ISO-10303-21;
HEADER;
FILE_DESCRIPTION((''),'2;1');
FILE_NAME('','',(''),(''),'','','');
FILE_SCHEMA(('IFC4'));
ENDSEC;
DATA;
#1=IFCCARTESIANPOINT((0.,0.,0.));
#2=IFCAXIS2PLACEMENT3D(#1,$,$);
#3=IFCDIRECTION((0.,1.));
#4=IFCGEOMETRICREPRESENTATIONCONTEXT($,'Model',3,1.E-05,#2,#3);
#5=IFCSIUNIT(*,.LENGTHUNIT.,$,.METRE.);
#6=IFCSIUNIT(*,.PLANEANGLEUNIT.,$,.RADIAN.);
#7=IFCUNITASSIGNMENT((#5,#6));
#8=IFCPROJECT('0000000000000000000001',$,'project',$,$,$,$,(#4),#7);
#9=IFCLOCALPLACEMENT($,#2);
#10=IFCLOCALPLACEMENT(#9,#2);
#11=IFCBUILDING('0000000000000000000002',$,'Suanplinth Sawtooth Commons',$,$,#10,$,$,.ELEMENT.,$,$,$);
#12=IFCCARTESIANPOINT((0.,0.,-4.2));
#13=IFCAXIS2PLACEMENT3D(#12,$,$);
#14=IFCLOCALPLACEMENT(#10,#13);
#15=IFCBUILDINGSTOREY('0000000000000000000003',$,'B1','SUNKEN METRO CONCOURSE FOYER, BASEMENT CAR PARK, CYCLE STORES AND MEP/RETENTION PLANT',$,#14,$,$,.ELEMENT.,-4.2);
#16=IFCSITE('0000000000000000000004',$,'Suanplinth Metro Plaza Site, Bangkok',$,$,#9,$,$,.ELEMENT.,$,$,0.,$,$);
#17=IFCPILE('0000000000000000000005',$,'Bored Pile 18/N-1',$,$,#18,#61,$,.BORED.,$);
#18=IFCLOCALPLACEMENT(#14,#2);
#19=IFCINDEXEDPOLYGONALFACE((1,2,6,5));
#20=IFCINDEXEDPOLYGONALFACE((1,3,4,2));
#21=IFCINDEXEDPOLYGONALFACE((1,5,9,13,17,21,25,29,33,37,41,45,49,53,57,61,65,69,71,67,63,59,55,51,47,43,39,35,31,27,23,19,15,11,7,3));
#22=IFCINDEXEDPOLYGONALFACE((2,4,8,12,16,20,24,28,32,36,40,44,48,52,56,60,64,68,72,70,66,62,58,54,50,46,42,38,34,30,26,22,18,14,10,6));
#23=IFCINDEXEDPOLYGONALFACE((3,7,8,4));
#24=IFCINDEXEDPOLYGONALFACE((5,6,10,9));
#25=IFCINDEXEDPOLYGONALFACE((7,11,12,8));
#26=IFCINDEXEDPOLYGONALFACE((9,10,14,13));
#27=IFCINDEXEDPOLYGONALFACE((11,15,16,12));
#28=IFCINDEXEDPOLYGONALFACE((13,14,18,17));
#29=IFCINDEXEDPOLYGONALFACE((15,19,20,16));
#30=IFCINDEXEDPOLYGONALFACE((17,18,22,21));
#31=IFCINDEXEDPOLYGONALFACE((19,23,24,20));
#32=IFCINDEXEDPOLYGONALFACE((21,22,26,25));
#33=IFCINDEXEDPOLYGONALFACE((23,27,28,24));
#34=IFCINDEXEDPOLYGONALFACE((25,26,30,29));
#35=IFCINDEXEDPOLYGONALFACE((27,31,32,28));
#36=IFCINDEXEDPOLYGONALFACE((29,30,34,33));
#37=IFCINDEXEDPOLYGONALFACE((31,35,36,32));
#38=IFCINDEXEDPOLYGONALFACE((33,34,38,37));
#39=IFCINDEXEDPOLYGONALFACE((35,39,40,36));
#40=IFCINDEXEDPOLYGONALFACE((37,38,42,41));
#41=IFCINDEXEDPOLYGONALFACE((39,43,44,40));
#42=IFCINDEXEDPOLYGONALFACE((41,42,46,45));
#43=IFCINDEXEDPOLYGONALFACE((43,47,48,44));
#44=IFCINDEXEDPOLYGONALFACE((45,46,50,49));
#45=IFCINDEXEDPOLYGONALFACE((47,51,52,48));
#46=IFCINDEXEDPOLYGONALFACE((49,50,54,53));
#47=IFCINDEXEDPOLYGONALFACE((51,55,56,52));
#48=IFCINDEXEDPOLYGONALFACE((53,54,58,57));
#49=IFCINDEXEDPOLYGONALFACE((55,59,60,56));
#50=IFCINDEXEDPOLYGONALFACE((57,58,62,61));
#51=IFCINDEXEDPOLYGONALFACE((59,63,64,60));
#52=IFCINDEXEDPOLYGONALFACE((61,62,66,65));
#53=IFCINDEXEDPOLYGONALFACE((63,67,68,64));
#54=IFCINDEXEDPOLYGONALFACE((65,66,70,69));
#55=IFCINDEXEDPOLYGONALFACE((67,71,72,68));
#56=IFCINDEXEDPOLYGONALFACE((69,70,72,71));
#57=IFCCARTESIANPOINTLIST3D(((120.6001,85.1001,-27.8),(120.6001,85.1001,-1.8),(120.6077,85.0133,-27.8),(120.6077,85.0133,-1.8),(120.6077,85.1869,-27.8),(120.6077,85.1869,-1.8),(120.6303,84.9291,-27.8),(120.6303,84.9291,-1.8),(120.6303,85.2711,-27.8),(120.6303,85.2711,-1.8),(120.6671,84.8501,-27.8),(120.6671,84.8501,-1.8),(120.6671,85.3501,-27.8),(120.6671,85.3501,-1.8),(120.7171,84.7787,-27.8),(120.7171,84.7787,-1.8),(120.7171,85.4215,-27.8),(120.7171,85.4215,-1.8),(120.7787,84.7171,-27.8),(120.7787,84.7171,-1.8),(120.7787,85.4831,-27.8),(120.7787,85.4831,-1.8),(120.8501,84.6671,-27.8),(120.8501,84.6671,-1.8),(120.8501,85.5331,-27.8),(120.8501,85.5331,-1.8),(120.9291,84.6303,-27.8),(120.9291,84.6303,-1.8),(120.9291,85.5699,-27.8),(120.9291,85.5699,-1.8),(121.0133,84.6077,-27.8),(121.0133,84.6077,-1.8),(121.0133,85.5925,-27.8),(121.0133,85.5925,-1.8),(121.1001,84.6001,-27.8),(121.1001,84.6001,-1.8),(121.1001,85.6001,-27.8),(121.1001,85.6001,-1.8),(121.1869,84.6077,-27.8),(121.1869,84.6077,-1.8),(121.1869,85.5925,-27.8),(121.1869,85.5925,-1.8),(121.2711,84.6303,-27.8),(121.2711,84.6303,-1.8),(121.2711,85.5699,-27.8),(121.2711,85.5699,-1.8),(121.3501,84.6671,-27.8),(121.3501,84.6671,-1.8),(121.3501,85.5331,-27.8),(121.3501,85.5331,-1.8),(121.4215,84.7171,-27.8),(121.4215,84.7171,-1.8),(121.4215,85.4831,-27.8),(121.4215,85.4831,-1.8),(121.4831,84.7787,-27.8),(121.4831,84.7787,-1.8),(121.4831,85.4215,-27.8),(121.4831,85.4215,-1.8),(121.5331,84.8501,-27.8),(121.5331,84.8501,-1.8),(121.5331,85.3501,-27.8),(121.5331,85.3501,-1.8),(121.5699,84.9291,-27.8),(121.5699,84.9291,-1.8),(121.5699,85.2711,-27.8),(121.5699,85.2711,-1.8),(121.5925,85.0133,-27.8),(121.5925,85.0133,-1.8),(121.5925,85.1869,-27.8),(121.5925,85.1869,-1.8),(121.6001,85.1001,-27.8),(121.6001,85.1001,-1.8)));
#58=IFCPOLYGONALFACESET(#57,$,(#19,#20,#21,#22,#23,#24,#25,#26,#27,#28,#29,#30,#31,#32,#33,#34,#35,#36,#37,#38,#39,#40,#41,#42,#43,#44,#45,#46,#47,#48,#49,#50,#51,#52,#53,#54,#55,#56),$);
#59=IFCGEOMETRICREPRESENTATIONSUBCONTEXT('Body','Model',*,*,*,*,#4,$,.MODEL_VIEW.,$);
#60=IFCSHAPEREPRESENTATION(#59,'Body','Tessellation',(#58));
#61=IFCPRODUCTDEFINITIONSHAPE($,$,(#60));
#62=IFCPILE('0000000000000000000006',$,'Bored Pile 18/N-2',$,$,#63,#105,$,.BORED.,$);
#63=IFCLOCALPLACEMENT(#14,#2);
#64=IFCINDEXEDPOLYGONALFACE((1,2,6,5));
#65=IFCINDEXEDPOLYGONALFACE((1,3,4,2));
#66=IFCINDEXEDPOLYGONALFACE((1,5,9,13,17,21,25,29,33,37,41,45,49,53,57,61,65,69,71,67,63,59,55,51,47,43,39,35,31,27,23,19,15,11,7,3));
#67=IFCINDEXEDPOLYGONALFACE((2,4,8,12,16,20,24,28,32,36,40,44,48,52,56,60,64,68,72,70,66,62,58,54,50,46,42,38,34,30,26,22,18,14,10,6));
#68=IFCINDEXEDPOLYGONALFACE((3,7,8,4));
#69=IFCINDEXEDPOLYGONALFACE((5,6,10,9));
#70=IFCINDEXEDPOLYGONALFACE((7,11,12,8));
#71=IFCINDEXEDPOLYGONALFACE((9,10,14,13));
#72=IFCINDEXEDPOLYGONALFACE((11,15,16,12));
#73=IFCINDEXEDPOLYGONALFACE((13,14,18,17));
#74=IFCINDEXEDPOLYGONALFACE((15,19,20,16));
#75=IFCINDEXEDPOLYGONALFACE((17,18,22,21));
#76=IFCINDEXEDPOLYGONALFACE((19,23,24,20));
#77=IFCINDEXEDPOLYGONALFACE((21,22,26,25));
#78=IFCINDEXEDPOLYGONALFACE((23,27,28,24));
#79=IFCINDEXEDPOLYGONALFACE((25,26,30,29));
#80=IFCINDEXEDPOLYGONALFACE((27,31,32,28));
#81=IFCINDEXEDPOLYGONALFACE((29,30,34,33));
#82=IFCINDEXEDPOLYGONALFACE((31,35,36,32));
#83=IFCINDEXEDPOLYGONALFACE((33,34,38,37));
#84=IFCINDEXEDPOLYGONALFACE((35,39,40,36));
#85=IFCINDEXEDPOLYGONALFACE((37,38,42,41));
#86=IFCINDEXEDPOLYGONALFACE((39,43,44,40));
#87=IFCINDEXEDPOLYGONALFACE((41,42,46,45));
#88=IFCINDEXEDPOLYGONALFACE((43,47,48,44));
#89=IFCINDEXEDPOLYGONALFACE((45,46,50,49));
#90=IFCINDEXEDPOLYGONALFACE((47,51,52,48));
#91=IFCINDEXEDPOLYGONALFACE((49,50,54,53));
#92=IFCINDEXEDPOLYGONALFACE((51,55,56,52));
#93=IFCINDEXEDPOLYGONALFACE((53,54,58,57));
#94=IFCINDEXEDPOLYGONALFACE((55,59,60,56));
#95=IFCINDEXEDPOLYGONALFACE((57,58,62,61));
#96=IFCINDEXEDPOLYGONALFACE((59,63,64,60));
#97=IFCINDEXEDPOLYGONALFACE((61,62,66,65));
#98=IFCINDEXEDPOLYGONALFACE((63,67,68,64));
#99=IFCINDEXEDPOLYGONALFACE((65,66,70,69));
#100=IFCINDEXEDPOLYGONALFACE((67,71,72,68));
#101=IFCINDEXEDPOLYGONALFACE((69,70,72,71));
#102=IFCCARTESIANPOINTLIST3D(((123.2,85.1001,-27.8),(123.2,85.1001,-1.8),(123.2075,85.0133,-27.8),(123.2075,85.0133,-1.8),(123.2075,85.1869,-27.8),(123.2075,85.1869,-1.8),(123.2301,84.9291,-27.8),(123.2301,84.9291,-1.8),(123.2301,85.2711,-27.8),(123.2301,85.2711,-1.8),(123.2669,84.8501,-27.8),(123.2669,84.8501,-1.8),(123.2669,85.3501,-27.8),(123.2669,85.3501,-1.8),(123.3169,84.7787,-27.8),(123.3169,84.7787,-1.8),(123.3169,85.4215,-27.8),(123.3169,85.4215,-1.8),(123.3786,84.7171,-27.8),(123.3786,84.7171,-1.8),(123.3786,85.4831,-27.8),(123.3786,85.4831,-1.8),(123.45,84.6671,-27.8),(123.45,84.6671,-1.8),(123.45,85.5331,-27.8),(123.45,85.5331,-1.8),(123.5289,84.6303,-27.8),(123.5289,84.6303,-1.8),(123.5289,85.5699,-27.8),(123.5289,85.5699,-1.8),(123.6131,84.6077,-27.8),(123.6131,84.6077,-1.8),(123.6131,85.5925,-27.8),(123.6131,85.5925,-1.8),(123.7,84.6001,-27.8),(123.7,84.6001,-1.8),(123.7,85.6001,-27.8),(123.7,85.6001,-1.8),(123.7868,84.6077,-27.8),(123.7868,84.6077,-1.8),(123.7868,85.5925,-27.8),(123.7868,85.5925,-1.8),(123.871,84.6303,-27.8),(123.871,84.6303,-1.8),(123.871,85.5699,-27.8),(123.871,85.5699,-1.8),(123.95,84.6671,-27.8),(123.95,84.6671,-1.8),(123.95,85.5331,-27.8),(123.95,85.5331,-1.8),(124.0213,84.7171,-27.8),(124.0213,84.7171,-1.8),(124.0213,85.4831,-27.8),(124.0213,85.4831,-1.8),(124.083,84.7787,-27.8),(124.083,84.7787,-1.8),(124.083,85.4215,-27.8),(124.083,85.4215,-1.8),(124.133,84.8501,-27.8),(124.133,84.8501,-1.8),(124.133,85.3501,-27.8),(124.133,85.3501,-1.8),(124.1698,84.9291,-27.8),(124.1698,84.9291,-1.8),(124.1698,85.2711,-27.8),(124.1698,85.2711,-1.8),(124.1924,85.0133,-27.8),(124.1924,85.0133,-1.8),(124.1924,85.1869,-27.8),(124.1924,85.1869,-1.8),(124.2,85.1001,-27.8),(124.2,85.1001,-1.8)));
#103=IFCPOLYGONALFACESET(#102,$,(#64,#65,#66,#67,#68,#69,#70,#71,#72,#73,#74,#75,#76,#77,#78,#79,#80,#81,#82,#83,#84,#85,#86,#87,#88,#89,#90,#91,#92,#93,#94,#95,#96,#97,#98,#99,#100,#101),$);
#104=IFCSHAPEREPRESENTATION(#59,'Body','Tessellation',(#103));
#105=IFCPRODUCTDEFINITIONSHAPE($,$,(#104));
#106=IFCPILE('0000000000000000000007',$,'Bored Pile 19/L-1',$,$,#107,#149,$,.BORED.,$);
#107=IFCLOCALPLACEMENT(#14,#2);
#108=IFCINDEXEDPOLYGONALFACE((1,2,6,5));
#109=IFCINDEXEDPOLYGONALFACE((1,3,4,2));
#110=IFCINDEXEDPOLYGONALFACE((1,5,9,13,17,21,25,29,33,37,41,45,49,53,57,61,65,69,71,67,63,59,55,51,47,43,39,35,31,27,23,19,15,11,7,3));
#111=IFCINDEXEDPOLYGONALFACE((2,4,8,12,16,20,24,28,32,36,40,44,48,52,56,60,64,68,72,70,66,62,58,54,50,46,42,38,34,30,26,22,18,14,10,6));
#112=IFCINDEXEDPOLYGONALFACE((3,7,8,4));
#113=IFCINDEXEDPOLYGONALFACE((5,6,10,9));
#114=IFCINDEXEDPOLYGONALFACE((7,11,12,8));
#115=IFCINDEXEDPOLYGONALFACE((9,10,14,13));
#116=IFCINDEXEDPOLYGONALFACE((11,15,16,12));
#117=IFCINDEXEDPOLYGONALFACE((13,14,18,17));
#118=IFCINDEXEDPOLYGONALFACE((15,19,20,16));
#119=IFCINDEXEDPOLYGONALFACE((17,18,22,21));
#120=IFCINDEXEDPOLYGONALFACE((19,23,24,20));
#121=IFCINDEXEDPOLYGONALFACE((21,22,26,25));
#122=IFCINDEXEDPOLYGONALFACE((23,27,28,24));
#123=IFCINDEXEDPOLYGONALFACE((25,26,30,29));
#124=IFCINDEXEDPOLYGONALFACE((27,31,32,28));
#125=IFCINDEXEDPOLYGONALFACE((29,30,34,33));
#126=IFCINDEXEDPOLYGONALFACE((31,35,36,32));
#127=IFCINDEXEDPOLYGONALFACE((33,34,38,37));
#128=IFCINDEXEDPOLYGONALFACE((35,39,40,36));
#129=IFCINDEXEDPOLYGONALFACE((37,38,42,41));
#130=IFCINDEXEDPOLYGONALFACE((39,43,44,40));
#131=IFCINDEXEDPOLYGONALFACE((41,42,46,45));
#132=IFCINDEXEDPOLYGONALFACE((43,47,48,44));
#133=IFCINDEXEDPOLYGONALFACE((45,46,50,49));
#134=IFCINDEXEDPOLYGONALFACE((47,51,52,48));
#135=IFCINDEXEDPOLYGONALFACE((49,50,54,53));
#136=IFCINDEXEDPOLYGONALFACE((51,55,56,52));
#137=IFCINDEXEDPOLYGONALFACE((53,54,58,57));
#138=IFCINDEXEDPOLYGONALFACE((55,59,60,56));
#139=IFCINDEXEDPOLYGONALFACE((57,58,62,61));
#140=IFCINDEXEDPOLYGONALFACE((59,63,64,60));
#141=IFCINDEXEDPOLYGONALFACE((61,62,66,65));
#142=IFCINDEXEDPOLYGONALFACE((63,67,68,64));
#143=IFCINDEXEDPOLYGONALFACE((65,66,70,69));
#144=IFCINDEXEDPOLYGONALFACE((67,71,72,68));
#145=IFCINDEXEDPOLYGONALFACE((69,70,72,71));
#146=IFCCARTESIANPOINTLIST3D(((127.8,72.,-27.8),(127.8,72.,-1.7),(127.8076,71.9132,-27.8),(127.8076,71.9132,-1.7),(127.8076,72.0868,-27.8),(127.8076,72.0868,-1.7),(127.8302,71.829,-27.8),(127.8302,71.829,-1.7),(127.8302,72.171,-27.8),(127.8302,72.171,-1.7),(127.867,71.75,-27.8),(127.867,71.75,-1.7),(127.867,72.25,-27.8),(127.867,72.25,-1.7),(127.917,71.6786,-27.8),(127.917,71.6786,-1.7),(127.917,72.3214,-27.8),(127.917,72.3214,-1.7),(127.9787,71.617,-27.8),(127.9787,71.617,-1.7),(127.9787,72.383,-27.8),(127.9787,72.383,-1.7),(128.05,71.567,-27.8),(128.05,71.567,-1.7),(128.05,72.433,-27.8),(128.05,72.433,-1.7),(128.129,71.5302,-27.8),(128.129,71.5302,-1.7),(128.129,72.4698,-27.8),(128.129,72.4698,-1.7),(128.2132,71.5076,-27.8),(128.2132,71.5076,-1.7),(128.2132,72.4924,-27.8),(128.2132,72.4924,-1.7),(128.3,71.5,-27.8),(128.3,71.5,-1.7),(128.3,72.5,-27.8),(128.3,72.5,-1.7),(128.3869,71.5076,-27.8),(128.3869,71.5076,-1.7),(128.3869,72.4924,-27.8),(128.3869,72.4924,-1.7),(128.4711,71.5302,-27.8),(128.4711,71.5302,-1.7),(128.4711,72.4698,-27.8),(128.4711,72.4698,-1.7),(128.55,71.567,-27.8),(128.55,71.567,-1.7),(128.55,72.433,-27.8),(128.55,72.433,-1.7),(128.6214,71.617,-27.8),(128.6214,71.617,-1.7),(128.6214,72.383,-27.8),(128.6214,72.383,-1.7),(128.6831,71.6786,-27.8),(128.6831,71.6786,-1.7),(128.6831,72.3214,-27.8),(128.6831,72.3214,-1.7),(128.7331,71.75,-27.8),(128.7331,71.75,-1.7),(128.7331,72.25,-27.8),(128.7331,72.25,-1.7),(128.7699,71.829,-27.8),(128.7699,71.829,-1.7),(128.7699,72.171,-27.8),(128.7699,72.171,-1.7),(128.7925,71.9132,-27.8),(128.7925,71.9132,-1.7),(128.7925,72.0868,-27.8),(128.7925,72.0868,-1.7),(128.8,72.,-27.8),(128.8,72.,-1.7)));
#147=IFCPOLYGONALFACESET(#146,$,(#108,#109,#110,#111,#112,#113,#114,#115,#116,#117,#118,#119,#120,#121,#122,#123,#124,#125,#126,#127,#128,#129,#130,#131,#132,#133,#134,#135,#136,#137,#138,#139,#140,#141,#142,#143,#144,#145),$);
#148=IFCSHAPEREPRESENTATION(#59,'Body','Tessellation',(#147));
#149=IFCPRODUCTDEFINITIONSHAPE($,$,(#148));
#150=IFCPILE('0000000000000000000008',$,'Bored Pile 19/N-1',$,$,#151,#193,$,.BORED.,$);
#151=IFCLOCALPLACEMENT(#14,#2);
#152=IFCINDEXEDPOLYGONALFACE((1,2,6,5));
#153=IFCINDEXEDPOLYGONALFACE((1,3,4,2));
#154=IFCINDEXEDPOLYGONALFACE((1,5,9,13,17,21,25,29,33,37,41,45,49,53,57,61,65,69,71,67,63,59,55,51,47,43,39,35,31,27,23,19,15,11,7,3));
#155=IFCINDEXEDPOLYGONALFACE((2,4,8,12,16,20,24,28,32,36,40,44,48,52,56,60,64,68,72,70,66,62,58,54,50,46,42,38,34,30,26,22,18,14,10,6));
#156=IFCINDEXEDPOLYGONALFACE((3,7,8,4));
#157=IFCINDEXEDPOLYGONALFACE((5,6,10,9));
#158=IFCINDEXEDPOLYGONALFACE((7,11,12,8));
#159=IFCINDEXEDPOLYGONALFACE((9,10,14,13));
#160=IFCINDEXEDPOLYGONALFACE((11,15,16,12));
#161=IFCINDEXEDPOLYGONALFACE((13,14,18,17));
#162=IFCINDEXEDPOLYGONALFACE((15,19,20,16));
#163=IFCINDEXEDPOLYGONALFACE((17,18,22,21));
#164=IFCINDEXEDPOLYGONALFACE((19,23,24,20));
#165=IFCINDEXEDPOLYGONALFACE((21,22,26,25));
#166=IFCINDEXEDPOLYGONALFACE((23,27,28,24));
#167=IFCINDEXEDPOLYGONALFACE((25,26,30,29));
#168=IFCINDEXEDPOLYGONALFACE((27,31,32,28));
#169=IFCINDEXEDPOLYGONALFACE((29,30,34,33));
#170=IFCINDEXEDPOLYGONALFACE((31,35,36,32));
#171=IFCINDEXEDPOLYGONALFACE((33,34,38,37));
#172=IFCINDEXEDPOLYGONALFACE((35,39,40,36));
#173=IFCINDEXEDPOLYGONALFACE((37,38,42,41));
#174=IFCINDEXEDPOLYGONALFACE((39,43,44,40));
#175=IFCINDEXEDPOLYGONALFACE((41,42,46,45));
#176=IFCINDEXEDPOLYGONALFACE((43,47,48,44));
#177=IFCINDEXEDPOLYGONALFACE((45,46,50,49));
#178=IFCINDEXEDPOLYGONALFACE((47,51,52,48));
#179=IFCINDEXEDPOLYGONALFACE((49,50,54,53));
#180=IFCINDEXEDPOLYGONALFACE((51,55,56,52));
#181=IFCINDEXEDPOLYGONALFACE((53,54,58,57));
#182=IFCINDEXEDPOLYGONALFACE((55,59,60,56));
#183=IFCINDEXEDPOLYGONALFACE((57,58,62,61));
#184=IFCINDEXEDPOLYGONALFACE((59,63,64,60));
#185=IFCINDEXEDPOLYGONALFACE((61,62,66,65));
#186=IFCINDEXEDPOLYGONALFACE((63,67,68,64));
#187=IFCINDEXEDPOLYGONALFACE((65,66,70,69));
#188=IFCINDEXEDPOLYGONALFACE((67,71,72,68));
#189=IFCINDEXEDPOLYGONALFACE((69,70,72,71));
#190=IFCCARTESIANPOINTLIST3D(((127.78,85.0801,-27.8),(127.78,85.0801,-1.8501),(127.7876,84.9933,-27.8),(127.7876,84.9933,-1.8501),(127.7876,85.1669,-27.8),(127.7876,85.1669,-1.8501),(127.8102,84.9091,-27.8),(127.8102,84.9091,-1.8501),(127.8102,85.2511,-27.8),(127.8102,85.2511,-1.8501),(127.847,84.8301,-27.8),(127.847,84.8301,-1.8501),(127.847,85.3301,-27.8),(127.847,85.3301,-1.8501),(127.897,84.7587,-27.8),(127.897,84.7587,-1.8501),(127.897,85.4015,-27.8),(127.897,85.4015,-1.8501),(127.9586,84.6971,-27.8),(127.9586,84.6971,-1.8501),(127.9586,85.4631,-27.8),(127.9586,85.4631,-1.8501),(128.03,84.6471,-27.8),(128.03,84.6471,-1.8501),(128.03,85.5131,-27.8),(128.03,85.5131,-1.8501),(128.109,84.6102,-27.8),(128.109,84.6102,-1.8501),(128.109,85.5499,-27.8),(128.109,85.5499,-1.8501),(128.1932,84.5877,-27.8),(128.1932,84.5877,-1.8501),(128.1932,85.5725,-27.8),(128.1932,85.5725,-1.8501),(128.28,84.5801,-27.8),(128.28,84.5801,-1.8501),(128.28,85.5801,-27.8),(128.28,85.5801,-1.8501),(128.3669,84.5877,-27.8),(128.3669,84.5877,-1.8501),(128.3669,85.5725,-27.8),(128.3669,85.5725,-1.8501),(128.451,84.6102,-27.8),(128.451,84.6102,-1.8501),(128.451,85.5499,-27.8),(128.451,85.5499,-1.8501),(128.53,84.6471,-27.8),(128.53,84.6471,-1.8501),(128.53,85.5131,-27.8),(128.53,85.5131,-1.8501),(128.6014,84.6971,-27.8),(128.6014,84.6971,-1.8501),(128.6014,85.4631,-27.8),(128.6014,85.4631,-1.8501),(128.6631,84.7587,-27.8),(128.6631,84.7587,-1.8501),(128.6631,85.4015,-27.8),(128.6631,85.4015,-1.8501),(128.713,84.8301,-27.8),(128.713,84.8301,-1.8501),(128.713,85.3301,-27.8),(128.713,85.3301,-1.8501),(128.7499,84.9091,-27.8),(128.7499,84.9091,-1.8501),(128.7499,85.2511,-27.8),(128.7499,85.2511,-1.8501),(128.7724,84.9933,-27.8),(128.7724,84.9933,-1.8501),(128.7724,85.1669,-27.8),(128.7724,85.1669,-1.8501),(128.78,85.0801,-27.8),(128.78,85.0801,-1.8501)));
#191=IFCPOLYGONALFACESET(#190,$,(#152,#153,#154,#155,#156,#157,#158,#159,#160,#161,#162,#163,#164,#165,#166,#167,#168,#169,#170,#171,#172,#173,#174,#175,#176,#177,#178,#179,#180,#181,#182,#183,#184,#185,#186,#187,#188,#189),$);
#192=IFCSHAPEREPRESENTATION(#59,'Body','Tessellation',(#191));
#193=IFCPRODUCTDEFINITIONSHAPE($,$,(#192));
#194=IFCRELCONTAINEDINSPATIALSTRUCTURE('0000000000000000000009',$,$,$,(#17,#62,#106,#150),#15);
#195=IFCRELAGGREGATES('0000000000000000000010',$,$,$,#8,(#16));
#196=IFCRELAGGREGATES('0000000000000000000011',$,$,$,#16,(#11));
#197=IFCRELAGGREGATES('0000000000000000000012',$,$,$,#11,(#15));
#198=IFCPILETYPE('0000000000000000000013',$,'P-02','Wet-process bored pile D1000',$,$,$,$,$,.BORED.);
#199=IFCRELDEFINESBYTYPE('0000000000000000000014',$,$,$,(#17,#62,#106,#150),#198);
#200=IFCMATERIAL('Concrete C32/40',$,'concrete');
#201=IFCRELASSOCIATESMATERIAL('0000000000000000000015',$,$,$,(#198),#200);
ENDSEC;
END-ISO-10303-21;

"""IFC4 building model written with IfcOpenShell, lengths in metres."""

from ifc_helpers import new_model, si_unit, direction, frame, origin, origin_2d, place, context, subcontext, project, spatial, circle, extrude, material, material_profile, profile_set, type_object, element, save


model = new_model("IFC4")

# Units and contexts
model_context = context("Model", 3, precision=1e-05, world=origin(), true_north=direction((0.0, 1.0)))
body_context = subcontext(model_context, "Body", "Model", "MODEL_VIEW")
ifc_project = project(units=[si_unit("LENGTHUNIT", "METRE"), si_unit("PLANEANGLEUNIT", "RADIAN")], contexts=[model_context])

# Site, building, storey
site_placement = place(None, origin())
site = spatial("IfcSite", under=ifc_project, at=site_placement, Name="Suanplinth Metro Plaza Site, Bangkok", CompositionType="ELEMENT", RefElevation=0.0)
building_placement = place(site_placement, origin())
building = spatial("IfcBuilding", under=site, at=building_placement, Name="Suanplinth Sawtooth Commons", CompositionType="ELEMENT")
storey_placement = place(building_placement, frame((0.0, 0.0, -4.2)))
storey = spatial("IfcBuildingStorey", under=building, at=storey_placement, Name="B1", Description="SUNKEN METRO CONCOURSE FOYER, BASEMENT CAR PARK, CYCLE STORES AND MEP/RETENTION PLANT", CompositionType="ELEMENT", Elevation=-4.2)

# Piles
ifc_material_1 = material(Name="Concrete C32/40", Category="concrete")
ifc_material_profile_1 = material_profile(ifc_material_1, circle(Radius=0.5, at=origin_2d()), Name="PILE D1000")
ifc_profile_set_1 = profile_set([ifc_material_profile_1], Name="Concrete C32/40")
pile_type_1 = type_object("IfcPileType", Name="P-02", Description="Wet-process bored pile D1000", PredefinedType="BORED", material=ifc_profile_set_1)
for number, where, z_axis, x_axis, name in (
    (1, (121.1001, 85.1001, -1.8), (0.0, 0.0, -1.0), (1.0, 0.0, 0.0), "Bored Pile 18/N-1"),
    (2, (123.7, 85.1001, -1.8), (0.0, 0.0, -1.0), (1.0, 0.0, 0.0), "Bored Pile 18/N-2"),
):
    element("IfcPile", number, at=place(storey_placement, frame(where, z_axis=z_axis, x_axis=x_axis)), inside=storey, type_object=pile_type_1, Name=name, PredefinedType="BORED", context=body_context, shape_type="SweptSolid", body=[
        extrude(circle(Radius=0.5, at=origin_2d()), origin(), (0.0, 0.0, 1.0), 26.0),
    ])
pile_1_placement = place(storey_placement, frame((128.3, 72.0, -1.7), z_axis=(0.0, 0.0, -1.0), x_axis=(1.0, 0.0, 0.0)))
element("IfcPile", 3, at=pile_1_placement, inside=storey, type_object=pile_type_1, Name="Bored Pile 19/L-1", PredefinedType="BORED", context=body_context, shape_type="SweptSolid", body=[
    extrude(circle(Radius=0.5, at=origin_2d()), origin(), (0.0, 0.0, 1.0), 26.1001),
])
pile_2_placement = place(storey_placement, frame((128.28, 85.0801, -1.8501), z_axis=(0.0, 0.0, -1.0), x_axis=(1.0, 0.0, 0.0)))
element("IfcPile", 4, at=pile_2_placement, inside=storey, type_object=pile_type_1, Name="Bored Pile 19/N-1", PredefinedType="BORED", context=body_context, shape_type="SweptSolid", body=[
    extrude(circle(Radius=0.5, at=origin_2d()), origin(), (0.0, 0.0, 1.0), 25.95),
])

save(model, "model.ifc")
